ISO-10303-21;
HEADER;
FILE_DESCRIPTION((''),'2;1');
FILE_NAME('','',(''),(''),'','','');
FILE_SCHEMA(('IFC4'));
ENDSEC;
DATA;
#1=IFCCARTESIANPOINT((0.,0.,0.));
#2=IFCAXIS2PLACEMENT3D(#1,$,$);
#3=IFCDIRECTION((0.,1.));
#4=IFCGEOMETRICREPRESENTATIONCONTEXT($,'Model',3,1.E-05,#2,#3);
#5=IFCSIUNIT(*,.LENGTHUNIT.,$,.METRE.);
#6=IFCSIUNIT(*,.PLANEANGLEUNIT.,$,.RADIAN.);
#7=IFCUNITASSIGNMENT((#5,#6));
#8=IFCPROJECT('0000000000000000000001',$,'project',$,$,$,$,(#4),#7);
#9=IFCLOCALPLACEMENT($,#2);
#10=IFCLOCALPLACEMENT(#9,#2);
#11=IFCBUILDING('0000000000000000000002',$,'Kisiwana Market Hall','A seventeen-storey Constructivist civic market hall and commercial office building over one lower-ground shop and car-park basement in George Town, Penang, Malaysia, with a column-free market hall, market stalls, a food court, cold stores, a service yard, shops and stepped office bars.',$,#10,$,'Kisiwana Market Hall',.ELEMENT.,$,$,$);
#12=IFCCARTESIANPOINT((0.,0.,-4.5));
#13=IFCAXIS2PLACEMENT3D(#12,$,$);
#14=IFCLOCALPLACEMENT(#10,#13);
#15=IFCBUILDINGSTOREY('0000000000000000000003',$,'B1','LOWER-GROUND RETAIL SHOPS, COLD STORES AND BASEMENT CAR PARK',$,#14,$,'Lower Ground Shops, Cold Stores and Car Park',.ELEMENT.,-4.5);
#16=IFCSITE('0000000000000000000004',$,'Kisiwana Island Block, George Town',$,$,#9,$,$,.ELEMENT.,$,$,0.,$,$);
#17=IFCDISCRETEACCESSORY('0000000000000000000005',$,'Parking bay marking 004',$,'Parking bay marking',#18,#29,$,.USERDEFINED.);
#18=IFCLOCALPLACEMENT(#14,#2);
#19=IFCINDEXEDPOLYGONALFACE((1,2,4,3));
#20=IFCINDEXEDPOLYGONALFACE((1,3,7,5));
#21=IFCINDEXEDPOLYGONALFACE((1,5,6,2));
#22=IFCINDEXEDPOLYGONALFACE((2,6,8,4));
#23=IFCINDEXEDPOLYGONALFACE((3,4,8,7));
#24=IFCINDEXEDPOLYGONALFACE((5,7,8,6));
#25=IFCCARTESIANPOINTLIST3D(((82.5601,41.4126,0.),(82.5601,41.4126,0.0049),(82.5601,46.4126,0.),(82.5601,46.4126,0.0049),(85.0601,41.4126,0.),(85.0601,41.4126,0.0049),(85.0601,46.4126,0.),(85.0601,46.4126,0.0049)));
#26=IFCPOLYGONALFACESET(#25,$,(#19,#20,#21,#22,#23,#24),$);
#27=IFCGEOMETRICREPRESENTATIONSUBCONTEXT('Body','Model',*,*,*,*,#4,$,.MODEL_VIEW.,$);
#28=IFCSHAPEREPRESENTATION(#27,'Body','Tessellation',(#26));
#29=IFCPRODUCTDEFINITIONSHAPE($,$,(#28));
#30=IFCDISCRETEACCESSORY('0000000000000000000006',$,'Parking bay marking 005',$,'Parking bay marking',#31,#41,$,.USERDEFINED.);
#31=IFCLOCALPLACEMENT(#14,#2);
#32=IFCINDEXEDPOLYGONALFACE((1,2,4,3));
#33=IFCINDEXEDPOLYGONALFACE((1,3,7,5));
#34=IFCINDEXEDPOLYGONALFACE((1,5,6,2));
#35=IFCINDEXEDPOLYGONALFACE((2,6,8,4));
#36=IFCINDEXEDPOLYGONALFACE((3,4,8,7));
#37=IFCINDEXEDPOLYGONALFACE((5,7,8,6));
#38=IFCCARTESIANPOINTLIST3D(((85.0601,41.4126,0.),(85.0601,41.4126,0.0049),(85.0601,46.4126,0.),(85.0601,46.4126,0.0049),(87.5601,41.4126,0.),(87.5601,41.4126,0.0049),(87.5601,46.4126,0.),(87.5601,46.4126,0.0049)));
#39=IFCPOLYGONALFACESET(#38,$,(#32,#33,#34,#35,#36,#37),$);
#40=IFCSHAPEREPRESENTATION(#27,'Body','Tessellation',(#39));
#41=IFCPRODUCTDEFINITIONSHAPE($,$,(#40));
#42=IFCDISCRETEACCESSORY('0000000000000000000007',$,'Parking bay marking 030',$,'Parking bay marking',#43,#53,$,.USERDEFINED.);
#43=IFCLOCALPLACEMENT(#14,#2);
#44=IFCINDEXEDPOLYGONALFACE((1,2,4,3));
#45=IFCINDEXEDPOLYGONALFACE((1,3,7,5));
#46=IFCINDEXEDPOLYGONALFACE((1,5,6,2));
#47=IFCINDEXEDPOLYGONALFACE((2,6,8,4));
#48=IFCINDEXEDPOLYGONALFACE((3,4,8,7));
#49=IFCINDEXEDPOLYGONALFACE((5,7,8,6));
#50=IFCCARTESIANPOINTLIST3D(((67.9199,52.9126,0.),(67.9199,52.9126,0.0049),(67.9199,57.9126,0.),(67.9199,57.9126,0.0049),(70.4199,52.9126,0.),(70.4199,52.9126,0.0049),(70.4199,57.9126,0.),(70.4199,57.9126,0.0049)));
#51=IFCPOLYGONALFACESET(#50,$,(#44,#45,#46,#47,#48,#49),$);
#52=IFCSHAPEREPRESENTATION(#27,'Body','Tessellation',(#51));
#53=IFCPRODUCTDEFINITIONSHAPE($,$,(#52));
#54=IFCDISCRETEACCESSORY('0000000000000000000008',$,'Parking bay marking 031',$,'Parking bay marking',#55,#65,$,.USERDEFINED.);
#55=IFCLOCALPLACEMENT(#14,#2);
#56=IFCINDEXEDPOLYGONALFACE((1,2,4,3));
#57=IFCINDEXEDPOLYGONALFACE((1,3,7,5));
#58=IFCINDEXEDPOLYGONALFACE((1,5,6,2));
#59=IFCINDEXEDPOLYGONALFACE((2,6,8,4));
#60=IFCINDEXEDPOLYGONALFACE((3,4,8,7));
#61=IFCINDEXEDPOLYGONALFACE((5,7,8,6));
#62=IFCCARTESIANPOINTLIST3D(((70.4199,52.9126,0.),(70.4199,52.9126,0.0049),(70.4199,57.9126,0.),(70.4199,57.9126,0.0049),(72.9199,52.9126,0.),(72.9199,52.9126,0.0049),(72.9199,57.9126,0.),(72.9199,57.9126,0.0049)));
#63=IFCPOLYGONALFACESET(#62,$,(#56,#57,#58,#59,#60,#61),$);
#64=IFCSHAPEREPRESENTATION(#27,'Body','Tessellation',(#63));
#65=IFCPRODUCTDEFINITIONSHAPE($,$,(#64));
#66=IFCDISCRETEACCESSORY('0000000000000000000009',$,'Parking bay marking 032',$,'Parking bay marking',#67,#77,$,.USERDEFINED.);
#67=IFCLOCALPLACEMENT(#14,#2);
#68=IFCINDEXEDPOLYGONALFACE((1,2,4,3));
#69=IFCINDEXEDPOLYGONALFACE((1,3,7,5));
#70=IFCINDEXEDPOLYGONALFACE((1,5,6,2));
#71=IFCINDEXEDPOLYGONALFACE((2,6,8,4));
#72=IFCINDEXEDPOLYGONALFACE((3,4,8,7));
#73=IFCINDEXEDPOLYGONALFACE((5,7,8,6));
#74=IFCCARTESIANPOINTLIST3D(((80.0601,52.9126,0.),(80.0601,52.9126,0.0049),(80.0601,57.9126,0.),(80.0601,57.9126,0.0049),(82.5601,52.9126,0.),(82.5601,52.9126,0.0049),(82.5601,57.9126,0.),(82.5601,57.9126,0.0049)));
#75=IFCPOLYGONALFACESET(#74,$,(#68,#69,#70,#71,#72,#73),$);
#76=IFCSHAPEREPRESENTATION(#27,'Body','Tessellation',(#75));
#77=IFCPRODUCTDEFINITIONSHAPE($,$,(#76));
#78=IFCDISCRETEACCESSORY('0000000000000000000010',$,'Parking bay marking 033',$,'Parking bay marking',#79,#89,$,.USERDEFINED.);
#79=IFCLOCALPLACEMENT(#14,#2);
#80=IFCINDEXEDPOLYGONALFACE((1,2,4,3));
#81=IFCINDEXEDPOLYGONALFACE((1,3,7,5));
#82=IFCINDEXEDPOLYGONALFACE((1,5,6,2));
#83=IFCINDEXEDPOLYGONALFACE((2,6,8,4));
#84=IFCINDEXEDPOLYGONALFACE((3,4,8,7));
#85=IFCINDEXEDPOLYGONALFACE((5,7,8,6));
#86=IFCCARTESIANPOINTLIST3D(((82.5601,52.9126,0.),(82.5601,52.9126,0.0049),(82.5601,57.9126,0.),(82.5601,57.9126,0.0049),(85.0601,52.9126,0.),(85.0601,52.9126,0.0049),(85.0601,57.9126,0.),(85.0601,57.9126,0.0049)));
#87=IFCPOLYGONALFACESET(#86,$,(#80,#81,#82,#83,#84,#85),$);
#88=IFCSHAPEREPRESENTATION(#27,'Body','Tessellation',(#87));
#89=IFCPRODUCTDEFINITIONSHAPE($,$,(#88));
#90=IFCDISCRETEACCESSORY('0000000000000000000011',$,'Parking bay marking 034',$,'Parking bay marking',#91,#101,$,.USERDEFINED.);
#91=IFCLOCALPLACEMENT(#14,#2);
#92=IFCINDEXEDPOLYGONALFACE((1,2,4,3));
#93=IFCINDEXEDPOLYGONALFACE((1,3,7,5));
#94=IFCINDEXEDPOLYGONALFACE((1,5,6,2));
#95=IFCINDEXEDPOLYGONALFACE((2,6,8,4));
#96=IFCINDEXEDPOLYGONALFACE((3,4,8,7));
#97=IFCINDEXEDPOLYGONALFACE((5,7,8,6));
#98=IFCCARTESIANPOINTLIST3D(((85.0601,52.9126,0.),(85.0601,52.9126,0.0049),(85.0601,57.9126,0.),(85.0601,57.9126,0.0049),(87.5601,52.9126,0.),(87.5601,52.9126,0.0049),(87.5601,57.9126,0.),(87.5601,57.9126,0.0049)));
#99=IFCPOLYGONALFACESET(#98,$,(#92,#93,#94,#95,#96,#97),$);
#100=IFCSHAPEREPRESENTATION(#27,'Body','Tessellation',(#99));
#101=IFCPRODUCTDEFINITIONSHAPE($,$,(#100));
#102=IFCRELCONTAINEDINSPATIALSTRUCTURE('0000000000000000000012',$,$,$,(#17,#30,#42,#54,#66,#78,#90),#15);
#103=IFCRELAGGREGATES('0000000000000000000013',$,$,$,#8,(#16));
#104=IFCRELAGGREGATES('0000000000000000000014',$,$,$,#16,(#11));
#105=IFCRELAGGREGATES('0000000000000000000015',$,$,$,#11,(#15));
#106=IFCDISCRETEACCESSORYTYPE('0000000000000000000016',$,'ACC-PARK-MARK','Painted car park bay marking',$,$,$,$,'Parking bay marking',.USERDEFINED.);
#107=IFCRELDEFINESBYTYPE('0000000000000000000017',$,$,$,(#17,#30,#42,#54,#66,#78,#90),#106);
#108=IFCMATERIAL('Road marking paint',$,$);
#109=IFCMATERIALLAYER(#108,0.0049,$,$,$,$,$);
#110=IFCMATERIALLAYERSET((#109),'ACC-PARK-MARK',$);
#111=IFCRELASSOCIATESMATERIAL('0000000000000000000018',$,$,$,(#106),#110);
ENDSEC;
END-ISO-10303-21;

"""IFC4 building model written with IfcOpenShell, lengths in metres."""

from ifc_helpers import new_model, si_unit, direction, frame, origin, origin_2d, place, context, subcontext, project, spatial, rectangle, extrude, material, layer, layer_set, type_object, element, save


model = new_model("IFC4")

# Units and contexts
model_context = context("Model", 3, precision=1e-05, world=origin(), true_north=direction((0.0, 1.0)))
body_context = subcontext(model_context, "Body", "Model", "MODEL_VIEW")
ifc_project = project(units=[si_unit("LENGTHUNIT", "METRE"), si_unit("PLANEANGLEUNIT", "RADIAN")], contexts=[model_context])

# Site, building, storey
site_placement = place(None, origin())
site = spatial("IfcSite", under=ifc_project, at=site_placement, Name="Kisiwana Island Block, George Town", CompositionType="ELEMENT", RefElevation=0.0)
building_placement = place(site_placement, origin())
building = spatial("IfcBuilding", under=site, at=building_placement, Name="Kisiwana Market Hall", Description="A seventeen-storey Constructivist civic market hall and commercial office building over one lower-ground shop and car-park basement in George Town, Penang, Malaysia, with a column-free market hall, market stalls, a food court, cold stores, a service yard, shops and stepped office bars.", LongName="Kisiwana Market Hall", CompositionType="ELEMENT")
storey_placement = place(building_placement, frame((0.0, 0.0, -4.5)))
storey = spatial("IfcBuildingStorey", under=building, at=storey_placement, Name="B1", Description="LOWER-GROUND RETAIL SHOPS, COLD STORES AND BASEMENT CAR PARK", LongName="Lower Ground Shops, Cold Stores and Car Park", CompositionType="ELEMENT", Elevation=-4.5)

# Discrete accessories
ifc_material_1 = material(Name="Road marking paint")
ifc_layer_1 = layer(ifc_material_1, 0.0049)
ifc_layer_set_1 = layer_set([ifc_layer_1], Name="ACC-PARK-MARK")
discrete_accessory_type = type_object("IfcDiscreteAccessoryType", Name="ACC-PARK-MARK", Description="Painted car park bay marking", ElementType="Parking bay marking", PredefinedType="USERDEFINED", material=ifc_layer_set_1)
for number, where, z_axis, x_axis, name in (
    (1, (83.8101, 43.9126, 0.0), (0.0, 0.0, 1.0), (1.0, 0.0, 0.0), "Parking bay marking 004"),
    (2, (86.3101, 43.9126, 0.0), (0.0, 0.0, 1.0), (1.0, 0.0, 0.0), "Parking bay marking 005"),
    (3, (69.1699, 55.4126, 0.0), (0.0, 0.0, 1.0), (1.0, 0.0, 0.0), "Parking bay marking 030"),
    (4, (71.6699, 55.4126, 0.0), (0.0, 0.0, 1.0), (1.0, 0.0, 0.0), "Parking bay marking 031"),
    (5, (81.3101, 55.4126, 0.0), (0.0, 0.0, 1.0), (1.0, 0.0, 0.0), "Parking bay marking 032"),
    (6, (83.8101, 55.4126, 0.0), (0.0, 0.0, 1.0), (1.0, 0.0, 0.0), "Parking bay marking 033"),
    (7, (86.3101, 55.4126, 0.0), (0.0, 0.0, 1.0), (1.0, 0.0, 0.0), "Parking bay marking 034"),
):
    element("IfcDiscreteAccessory", number, at=place(storey_placement, frame(where, z_axis=z_axis, x_axis=x_axis)), inside=storey, type_object=discrete_accessory_type, Name=name, ObjectType="Parking bay marking", PredefinedType="USERDEFINED", context=body_context, shape_type="SweptSolid", body=[
        extrude(rectangle(XDim=2.5, YDim=5.0, at=origin_2d()), origin(), (0.0, 0.0, 1.0), 0.0049),
    ])

save(model, "model.ifc")
